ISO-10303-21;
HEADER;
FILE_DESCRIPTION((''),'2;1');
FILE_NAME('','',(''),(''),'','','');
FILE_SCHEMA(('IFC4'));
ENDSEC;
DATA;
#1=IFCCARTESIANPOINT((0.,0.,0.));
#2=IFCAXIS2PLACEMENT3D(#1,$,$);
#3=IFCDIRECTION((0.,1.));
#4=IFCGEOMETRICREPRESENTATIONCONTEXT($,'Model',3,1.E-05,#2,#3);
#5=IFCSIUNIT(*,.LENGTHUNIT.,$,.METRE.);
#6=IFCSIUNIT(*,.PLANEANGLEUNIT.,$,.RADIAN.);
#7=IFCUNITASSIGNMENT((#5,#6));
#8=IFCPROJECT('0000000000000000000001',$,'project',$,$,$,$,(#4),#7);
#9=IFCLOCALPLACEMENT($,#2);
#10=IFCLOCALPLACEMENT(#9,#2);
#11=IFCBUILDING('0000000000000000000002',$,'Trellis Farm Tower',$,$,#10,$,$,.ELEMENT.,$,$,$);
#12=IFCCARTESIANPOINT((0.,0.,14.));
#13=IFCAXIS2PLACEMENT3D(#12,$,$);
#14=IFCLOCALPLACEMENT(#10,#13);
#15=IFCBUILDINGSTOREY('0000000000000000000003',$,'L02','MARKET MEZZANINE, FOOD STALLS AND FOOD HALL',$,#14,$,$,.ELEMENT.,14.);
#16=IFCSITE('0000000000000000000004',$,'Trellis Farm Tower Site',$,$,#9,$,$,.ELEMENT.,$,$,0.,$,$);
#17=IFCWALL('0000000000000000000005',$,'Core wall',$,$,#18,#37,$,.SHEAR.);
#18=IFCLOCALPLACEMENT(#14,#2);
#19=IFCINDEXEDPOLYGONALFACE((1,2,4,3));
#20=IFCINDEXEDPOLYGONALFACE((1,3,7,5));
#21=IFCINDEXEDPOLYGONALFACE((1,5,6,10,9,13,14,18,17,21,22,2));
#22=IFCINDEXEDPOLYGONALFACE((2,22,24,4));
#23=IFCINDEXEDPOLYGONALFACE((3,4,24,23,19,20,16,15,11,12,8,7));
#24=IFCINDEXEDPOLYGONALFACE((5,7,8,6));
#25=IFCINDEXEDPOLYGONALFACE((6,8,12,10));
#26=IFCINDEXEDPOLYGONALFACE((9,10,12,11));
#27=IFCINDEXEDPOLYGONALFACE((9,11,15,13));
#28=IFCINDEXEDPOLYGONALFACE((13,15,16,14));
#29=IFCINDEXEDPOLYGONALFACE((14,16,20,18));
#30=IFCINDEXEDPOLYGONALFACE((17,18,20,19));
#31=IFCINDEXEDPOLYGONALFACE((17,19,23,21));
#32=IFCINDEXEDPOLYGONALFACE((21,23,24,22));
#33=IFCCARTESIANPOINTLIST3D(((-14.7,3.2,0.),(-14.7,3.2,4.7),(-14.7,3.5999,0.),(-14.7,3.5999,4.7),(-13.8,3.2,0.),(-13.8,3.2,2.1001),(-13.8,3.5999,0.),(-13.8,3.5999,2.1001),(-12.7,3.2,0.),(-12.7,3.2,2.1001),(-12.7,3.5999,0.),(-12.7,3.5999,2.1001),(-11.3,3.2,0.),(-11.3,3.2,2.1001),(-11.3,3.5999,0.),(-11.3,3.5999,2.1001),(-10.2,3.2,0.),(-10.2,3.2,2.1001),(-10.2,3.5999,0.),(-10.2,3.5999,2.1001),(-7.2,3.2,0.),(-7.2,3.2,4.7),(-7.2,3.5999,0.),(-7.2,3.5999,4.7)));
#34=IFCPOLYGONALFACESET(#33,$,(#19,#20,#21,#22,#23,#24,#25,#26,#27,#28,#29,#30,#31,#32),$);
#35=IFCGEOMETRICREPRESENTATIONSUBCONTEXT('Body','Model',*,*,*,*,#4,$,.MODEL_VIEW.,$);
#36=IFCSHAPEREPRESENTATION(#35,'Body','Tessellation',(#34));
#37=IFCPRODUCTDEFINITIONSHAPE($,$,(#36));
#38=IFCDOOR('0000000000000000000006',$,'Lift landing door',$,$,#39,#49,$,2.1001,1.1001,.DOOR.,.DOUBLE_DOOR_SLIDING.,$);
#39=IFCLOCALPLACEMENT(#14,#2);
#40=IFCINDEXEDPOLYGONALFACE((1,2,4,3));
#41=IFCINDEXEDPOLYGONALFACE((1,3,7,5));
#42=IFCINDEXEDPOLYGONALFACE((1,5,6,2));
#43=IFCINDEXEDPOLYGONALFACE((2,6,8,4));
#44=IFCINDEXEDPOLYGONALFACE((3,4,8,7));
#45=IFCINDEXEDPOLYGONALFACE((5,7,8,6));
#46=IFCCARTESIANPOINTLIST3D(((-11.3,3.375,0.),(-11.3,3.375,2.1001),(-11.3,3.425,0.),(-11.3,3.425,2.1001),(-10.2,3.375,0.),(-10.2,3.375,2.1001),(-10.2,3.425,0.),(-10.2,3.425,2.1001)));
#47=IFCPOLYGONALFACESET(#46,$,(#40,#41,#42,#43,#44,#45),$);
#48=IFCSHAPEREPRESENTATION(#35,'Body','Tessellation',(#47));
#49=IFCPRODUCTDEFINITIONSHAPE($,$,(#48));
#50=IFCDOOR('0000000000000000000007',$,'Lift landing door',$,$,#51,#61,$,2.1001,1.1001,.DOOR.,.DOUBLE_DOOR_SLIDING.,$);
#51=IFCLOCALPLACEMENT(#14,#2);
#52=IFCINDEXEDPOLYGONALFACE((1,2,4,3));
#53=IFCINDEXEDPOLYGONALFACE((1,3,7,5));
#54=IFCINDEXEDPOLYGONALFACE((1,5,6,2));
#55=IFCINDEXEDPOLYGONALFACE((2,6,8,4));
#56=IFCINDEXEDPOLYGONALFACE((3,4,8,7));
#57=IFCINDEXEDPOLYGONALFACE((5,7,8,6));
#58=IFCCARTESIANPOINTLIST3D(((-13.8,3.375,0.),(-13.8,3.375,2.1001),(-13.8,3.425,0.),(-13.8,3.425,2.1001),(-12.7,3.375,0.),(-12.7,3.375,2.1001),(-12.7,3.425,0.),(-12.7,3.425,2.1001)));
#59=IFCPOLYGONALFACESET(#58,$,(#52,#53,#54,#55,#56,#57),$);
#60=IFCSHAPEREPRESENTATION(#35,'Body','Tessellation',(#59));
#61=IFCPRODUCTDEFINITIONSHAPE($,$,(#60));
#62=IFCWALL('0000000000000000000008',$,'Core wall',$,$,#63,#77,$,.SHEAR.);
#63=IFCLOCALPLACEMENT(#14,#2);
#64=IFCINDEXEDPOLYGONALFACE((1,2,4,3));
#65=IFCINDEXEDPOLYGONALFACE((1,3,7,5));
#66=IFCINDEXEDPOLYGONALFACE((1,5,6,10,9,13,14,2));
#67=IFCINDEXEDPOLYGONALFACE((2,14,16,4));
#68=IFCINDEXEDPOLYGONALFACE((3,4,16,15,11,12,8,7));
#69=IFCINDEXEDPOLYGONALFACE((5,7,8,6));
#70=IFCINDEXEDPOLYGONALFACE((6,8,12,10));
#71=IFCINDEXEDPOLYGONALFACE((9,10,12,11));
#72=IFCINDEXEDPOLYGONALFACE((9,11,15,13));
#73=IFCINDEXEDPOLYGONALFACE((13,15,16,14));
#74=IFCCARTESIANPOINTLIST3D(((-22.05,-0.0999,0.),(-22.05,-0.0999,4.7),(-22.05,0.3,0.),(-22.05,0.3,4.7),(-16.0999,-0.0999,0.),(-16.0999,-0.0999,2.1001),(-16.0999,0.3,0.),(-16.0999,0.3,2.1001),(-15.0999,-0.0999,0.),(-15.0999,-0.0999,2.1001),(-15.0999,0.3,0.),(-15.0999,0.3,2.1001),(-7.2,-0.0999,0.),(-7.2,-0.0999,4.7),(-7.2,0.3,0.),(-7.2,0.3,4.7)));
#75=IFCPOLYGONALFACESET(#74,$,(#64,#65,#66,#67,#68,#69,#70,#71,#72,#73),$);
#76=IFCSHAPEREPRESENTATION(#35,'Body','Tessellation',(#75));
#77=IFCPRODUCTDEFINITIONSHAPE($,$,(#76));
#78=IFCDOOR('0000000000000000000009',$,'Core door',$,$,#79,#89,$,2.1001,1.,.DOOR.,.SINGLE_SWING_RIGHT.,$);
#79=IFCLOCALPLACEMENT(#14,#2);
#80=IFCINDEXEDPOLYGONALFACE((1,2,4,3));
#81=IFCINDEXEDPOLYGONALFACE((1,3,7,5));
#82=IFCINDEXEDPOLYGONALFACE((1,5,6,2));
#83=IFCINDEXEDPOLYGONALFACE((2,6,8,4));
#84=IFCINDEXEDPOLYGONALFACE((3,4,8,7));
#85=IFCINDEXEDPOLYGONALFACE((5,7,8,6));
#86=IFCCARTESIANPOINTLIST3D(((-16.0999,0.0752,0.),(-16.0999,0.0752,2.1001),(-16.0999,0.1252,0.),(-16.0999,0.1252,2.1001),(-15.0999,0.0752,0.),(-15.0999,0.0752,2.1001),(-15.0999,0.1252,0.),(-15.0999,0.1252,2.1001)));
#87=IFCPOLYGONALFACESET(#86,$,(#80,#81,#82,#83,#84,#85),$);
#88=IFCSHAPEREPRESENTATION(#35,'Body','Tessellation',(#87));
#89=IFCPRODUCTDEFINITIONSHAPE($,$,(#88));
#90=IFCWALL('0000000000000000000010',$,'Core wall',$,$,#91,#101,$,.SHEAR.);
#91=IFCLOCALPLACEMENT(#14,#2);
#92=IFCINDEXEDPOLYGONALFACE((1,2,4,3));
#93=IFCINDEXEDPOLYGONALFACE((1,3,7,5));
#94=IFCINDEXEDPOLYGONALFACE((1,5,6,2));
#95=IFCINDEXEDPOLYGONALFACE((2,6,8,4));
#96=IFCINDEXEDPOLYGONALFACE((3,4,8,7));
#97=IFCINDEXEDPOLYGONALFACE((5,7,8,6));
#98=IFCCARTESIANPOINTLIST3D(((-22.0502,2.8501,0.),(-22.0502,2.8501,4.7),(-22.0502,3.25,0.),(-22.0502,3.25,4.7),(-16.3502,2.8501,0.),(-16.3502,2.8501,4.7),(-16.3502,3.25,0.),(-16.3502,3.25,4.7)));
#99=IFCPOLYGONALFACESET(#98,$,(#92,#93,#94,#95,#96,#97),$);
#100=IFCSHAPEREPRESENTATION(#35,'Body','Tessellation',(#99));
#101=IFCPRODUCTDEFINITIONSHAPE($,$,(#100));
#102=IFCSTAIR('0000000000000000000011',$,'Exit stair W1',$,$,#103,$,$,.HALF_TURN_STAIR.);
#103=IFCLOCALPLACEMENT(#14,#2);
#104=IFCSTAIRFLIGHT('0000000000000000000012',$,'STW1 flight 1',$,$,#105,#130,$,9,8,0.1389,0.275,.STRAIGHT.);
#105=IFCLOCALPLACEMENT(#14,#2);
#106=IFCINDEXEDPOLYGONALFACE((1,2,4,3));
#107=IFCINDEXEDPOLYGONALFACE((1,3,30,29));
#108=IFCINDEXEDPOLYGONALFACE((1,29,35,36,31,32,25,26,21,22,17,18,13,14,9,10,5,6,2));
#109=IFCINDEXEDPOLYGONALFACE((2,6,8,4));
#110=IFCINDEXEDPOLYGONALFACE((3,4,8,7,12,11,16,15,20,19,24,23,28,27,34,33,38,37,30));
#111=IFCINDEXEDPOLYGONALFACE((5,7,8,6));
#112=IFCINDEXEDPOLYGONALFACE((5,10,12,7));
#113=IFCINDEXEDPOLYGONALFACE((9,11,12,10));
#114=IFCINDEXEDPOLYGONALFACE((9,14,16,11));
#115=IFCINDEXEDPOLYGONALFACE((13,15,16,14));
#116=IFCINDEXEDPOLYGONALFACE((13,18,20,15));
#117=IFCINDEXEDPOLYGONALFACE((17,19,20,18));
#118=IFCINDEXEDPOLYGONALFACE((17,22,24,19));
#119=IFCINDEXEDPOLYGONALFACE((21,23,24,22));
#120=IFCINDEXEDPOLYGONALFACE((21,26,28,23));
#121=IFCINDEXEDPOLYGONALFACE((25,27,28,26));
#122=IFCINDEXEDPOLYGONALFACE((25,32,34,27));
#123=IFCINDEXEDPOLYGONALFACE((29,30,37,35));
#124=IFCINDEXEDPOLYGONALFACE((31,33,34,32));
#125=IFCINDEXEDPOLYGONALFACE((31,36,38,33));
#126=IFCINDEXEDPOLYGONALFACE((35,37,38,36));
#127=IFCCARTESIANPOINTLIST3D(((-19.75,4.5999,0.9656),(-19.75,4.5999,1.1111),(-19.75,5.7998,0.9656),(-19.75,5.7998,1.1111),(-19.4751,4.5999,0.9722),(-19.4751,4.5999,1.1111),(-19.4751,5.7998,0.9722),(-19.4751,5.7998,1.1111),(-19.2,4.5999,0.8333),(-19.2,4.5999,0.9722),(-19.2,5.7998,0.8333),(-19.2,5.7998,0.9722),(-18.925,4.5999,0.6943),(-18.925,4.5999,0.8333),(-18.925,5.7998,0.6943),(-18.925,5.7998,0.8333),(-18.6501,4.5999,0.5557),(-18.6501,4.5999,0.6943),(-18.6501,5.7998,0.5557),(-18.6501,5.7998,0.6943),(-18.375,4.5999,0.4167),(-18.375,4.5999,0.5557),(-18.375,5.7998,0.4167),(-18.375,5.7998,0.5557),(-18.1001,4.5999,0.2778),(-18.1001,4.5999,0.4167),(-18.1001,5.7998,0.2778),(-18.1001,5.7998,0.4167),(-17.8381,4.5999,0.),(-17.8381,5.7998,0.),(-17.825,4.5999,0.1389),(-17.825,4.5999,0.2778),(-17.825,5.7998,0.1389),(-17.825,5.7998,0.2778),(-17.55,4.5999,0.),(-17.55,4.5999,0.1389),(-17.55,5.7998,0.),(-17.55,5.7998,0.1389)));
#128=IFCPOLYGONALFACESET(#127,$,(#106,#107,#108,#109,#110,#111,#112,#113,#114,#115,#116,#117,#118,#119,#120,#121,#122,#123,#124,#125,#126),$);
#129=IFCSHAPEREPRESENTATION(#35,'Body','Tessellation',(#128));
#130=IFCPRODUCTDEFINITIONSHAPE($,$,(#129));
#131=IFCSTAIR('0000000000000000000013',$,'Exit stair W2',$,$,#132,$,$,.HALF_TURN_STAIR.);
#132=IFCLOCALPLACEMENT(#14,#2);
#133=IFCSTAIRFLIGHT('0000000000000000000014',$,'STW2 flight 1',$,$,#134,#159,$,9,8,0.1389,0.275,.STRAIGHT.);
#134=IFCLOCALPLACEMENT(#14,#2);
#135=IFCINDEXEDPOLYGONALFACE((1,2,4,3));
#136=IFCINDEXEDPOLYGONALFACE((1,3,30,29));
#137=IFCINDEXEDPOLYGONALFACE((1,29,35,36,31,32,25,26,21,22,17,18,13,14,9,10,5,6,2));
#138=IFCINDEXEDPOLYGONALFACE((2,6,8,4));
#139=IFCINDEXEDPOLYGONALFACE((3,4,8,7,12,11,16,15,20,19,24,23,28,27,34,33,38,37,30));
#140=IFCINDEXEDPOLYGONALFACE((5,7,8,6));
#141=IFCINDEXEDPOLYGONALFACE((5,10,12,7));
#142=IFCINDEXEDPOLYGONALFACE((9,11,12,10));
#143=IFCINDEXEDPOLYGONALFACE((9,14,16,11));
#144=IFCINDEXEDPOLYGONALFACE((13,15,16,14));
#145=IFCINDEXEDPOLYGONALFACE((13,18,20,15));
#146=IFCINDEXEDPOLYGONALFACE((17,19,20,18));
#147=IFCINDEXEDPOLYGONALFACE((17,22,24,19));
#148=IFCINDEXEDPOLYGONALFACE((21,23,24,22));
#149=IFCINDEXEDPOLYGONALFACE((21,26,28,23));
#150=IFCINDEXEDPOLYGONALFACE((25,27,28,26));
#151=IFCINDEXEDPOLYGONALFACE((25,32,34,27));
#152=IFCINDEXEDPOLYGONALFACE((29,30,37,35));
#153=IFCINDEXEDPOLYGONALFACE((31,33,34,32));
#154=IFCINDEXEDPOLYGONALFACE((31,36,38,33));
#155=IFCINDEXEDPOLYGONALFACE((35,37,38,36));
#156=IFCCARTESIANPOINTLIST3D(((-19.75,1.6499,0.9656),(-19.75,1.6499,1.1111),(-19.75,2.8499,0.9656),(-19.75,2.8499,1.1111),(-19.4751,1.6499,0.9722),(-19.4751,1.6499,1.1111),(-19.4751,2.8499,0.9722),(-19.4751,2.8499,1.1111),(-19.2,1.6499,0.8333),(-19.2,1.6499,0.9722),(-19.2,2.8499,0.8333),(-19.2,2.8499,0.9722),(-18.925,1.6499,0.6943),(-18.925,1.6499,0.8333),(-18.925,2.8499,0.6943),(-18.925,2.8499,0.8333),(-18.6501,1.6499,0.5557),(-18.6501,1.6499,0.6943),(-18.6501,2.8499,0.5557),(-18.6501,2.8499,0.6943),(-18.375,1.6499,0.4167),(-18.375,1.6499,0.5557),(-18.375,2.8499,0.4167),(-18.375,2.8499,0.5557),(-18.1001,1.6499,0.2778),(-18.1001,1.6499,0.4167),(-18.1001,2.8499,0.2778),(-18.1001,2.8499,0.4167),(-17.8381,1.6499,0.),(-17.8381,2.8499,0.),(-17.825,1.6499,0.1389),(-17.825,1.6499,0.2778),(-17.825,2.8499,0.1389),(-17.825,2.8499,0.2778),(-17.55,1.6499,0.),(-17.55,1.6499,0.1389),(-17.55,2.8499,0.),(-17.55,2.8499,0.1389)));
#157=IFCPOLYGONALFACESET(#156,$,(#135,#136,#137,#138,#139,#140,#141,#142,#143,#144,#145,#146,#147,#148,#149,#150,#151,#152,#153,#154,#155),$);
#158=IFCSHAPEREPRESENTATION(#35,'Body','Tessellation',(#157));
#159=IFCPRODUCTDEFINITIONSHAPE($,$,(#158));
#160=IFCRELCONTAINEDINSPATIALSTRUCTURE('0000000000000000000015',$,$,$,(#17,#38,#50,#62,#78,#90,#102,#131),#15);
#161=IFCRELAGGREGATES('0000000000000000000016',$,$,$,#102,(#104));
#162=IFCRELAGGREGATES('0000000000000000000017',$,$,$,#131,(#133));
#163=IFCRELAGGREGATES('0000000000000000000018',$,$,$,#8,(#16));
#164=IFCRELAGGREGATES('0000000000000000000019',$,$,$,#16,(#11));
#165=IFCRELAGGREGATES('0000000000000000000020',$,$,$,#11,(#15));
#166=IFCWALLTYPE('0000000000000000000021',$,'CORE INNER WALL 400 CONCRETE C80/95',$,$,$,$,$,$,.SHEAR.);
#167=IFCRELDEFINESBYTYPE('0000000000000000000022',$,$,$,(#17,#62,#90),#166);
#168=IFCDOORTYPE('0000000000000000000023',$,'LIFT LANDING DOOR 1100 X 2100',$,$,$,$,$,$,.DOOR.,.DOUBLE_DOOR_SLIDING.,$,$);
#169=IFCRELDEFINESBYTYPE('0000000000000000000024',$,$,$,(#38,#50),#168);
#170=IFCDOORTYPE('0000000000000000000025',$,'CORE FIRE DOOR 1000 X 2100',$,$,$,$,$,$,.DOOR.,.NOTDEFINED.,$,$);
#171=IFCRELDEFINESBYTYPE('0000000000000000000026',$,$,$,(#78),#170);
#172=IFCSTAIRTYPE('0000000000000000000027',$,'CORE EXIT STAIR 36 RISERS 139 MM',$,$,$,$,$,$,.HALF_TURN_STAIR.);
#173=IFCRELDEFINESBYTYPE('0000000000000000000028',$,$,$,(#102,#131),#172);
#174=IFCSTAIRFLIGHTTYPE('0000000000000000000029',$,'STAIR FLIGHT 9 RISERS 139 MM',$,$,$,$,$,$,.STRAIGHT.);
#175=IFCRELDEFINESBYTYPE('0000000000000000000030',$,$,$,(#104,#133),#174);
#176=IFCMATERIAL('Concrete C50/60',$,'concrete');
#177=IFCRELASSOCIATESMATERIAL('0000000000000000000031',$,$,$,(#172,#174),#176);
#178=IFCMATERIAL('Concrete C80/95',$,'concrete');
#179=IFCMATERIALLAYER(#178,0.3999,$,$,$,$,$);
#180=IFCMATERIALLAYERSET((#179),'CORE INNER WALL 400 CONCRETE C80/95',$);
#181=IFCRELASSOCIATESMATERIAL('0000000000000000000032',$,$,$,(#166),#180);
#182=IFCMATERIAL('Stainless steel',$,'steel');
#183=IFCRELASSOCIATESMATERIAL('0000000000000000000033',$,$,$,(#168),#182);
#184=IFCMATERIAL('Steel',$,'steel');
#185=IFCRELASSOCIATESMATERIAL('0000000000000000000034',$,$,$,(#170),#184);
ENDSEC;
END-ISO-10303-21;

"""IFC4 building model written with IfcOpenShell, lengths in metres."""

from ifc_helpers import new_model, si_unit, direction, frame, frame_2d, origin, place, context, subcontext, project, spatial, polyline, rectangle, outline, extrude, source, transform, mapped, material, layer, layer_set, type_object, element, fill, aggregate, save


model = new_model("IFC4")

# Units and contexts
model_context = context("Model", 3, precision=1e-05, world=origin(), true_north=direction((0.0, 1.0)))
body_context = subcontext(model_context, "Body", "Model", "MODEL_VIEW")
ifc_project = project(units=[si_unit("LENGTHUNIT", "METRE"), si_unit("PLANEANGLEUNIT", "RADIAN")], contexts=[model_context])

# Site, building, storey
site_placement = place(None, origin())
site = spatial("IfcSite", under=ifc_project, at=site_placement, Name="Trellis Farm Tower Site", CompositionType="ELEMENT", RefElevation=0.0)
building_placement = place(site_placement, origin())
building = spatial("IfcBuilding", under=site, at=building_placement, Name="Trellis Farm Tower", CompositionType="ELEMENT")
storey_placement = place(building_placement, frame((0.0, 0.0, 14.0)))
storey = spatial("IfcBuildingStorey", under=building, at=storey_placement, Name="L02", Description="MARKET MEZZANINE, FOOD STALLS AND FOOD HALL", CompositionType="ELEMENT", Elevation=14.0)

# Shared definitions
ifc_material_1 = material(Name="Concrete C50/60", Category="concrete")
stair_type_1 = type_object("IfcStairType", Name="CORE EXIT STAIR 36 RISERS 139 MM", PredefinedType="HALF_TURN_STAIR", material=ifc_material_1)
placement_1 = place(storey_placement, origin())

# Wall, openings, doors
ifc_material_2 = material(Name="Concrete C80/95", Category="concrete")
ifc_layer_1 = layer(ifc_material_2, 0.3999)
ifc_layer_set_1 = layer_set([ifc_layer_1], Name="CORE INNER WALL 400 CONCRETE C80/95")
wall_type = type_object("IfcWallType", Name="CORE INNER WALL 400 CONCRETE C80/95", PredefinedType="SHEAR", material=ifc_layer_set_1)
shared_shape_1 = source(origin(), body_context, "Body", "SweptSolid", [
    extrude(rectangle(XDim=7.5, YDim=0.3999, at=frame_2d((3.75, 0.0))), origin(), (0.0, 0.0, 1.0), 4.7),
])
wall_1_placement = place(storey_placement, frame((-7.2, 3.3999, 0.0), z_axis=(0.0, 0.0, 1.0), x_axis=(-1.0, 0.0, 0.0)))
wall_1 = element("IfcWall", 1, at=wall_1_placement, inside=storey, type_object=wall_type, Name="Core wall", PredefinedType="SHEAR", context=body_context, shape_type="MappedRepresentation", body=[
    mapped(shared_shape_1, transform((0.0, 0.0, 0.0))),
])
shared_shape_2 = source(origin(), body_context, "Body", "SweptSolid", [
    extrude(rectangle(XDim=1.1001, YDim=2.1001, at=frame_2d((0.55, 1.05))), frame((0.0, 0.21, 0.0), z_axis=(0.0, -1.0, 0.0), x_axis=(1.0, 0.0, 0.0)), (0.0, 0.0, 1.0), 0.4199),
])
opening_1_placement = place(wall_1_placement, frame((3.0, 0.0, 0.0)))
opening_1 = element("IfcOpeningElement", 2, at=opening_1_placement, cuts=wall_1, PredefinedType="OPENING", context=body_context, shape_type="MappedRepresentation", body=[
    mapped(shared_shape_2, transform((0.0, 0.0, 0.0))),
])
opening_2_placement = place(wall_1_placement, frame((5.5, 0.0, 0.0)))
opening_2 = element("IfcOpeningElement", 3, at=opening_2_placement, cuts=wall_1, PredefinedType="OPENING", context=body_context, shape_type="MappedRepresentation", body=[
    mapped(shared_shape_2, transform((0.0, 0.0, 0.0))),
])
ifc_material_3 = material(Name="Stainless steel", Category="steel")
door_type_1 = type_object("IfcDoorType", Name="LIFT LANDING DOOR 1100 X 2100", OperationType="DOUBLE_DOOR_SLIDING", PredefinedType="DOOR", material=ifc_material_3)
shared_shape_3 = source(origin(), body_context, "Body", "SweptSolid", [
    extrude(rectangle(XDim=1.1001, YDim=2.1001, at=frame_2d((0.55, 1.05))), frame((0.0, 0.0249, 0.0), z_axis=(0.0, -1.0, 0.0), x_axis=(1.0, 0.0, 0.0)), (0.0, 0.0, 1.0), 0.05),
])
door_1_placement = place(opening_1_placement, origin())
door_1 = element("IfcDoor", 4, at=door_1_placement, inside=storey, type_object=door_type_1, Name="Lift landing door", OperationType="DOUBLE_DOOR_SLIDING", OverallHeight=2.1001, OverallWidth=1.1001, PredefinedType="DOOR", context=body_context, shape_type="MappedRepresentation", body=[
    mapped(shared_shape_3, transform((0.0, 0.0, 0.0))),
])
fill(opening_1, door_1)
door_2_placement = place(opening_2_placement, origin())
door_2 = element("IfcDoor", 5, at=door_2_placement, inside=storey, type_object=door_type_1, Name="Lift landing door", OperationType="DOUBLE_DOOR_SLIDING", OverallHeight=2.1001, OverallWidth=1.1001, PredefinedType="DOOR", context=body_context, shape_type="MappedRepresentation", body=[
    mapped(shared_shape_3, transform((0.0, 0.0, 0.0))),
])
fill(opening_2, door_2)

# Wall, opening, door
shared_shape_4 = source(origin(), body_context, "Body", "SweptSolid", [
    extrude(rectangle(XDim=14.8501, YDim=0.3999, at=frame_2d((7.425, 0.0))), origin(), (0.0, 0.0, 1.0), 4.7),
])
wall_2_placement = place(storey_placement, frame((-7.2, 0.1001, 0.0), z_axis=(0.0, 0.0, 1.0), x_axis=(-1.0, 0.0, 0.0)))
wall_2 = element("IfcWall", 6, at=wall_2_placement, inside=storey, type_object=wall_type, Name="Core wall", PredefinedType="SHEAR", context=body_context, shape_type="MappedRepresentation", body=[
    mapped(shared_shape_4, transform((0.0, 0.0, 0.0))),
])
shared_shape_5 = source(origin(), body_context, "Body", "SweptSolid", [
    extrude(rectangle(XDim=1.0, YDim=2.1001, at=frame_2d((0.5, 1.05))), frame((0.0, 0.21, 0.0), z_axis=(0.0, -1.0, 0.0), x_axis=(1.0, 0.0, 0.0)), (0.0, 0.0, 1.0), 0.4199),
])
opening_3_placement = place(wall_2_placement, frame((7.8999, 0.0, 0.0)))
opening_3 = element("IfcOpeningElement", 7, at=opening_3_placement, cuts=wall_2, PredefinedType="OPENING", context=body_context, shape_type="MappedRepresentation", body=[
    mapped(shared_shape_5, transform((0.0, 0.0, 0.0))),
])
ifc_material_4 = material(Name="Steel", Category="steel")
door_type_2 = type_object("IfcDoorType", Name="CORE FIRE DOOR 1000 X 2100", OperationType="NOTDEFINED", PredefinedType="DOOR", material=ifc_material_4)
shared_shape_6 = source(origin(), body_context, "Body", "SweptSolid", [
    extrude(rectangle(XDim=1.0, YDim=2.1001, at=frame_2d((0.5, 1.05))), frame((0.0, 0.0249, 0.0), z_axis=(0.0, -1.0, 0.0), x_axis=(1.0, 0.0, 0.0)), (0.0, 0.0, 1.0), 0.05),
])
door_3_placement = place(opening_3_placement, origin())
door_3 = element("IfcDoor", 8, at=door_3_placement, inside=storey, type_object=door_type_2, Name="Core door", OperationType="SINGLE_SWING_RIGHT", OverallHeight=2.1001, OverallWidth=1.0, PredefinedType="DOOR", context=body_context, shape_type="MappedRepresentation", body=[
    mapped(shared_shape_6, transform((0.0, 0.0, 0.0))),
])
fill(opening_3, door_3)

# Wall
shared_shape_7 = source(origin(), body_context, "Body", "SweptSolid", [
    extrude(rectangle(XDim=5.7, YDim=0.3999, at=frame_2d((2.8501, 0.0))), origin(), (0.0, 0.0, 1.0), 4.7),
])
wall_3_placement = place(storey_placement, frame((-16.3501, 3.05, 0.0), z_axis=(0.0, 0.0, 1.0), x_axis=(-1.0, 0.0, 0.0)))
element("IfcWall", 9, at=wall_3_placement, inside=storey, type_object=wall_type, Name="Core wall", PredefinedType="SHEAR", context=body_context, shape_type="MappedRepresentation", body=[
    mapped(shared_shape_7, transform((0.0, 0.0, 0.0))),
])

# Stair, stair flight
stair_1 = element("IfcStair", 10, at=placement_1, inside=storey, type_object=stair_type_1, Name="Exit stair W1", PredefinedType="HALF_TURN_STAIR")
stair_flight_type = type_object("IfcStairFlightType", Name="STAIR FLIGHT 9 RISERS 139 MM", PredefinedType="STRAIGHT", material=ifc_material_1)
shared_shape_8 = source(origin(), body_context, "Body", "SweptSolid", [
    extrude(outline(polyline([(0.0, 0.0), (0.0, 0.1389), (0.2749, 0.1389), (0.2749, 0.2778), (0.55, 0.2778), (0.55, 0.4167), (0.825, 0.4167), (0.825, 0.5557), (1.1001, 0.5557), (1.1001, 0.6943), (1.375, 0.6943), (1.375, 0.8333), (1.6499, 0.8333), (1.6499, 0.9722), (1.925, 0.9722), (1.925, 1.1111), (2.2, 1.1111), (2.2, 1.25), (2.2, 0.9656), (0.2881, 0.0), (0.0, 0.0)])), frame((0.0, 0.6001, 0.0), z_axis=(0.0, -1.0, 0.0), x_axis=(1.0, 0.0, 0.0)), (0.0, 0.0, 1.0), 1.2),
])
stair_flight_1_placement = place(storey_placement, frame((-17.55, 5.2, 0.0), z_axis=(0.0, 0.0, 1.0), x_axis=(-1.0, 0.0, 0.0)))
stair_flight_1 = element("IfcStairFlight", 11, at=stair_flight_1_placement, type_object=stair_flight_type, Name="STW1 flight 1", NumberOfRisers=9, NumberOfTreads=8, PredefinedType="STRAIGHT", RiserHeight=0.1389, TreadLength=0.275, context=body_context, shape_type="MappedRepresentation", body=[
    mapped(shared_shape_8, transform((0.0, 0.0, 0.0))),
])
aggregate(stair_1, [stair_flight_1])

# Stair, stair flight
stair_2 = element("IfcStair", 12, at=placement_1, inside=storey, type_object=stair_type_1, Name="Exit stair W2", PredefinedType="HALF_TURN_STAIR")
stair_flight_2_placement = place(storey_placement, frame((-17.55, 2.25, 0.0), z_axis=(0.0, 0.0, 1.0), x_axis=(-1.0, 0.0, 0.0)))
stair_flight_2 = element("IfcStairFlight", 13, at=stair_flight_2_placement, type_object=stair_flight_type, Name="STW2 flight 1", NumberOfRisers=9, NumberOfTreads=8, PredefinedType="STRAIGHT", RiserHeight=0.1389, TreadLength=0.275, context=body_context, shape_type="MappedRepresentation", body=[
    mapped(shared_shape_8, transform((0.0, 0.0, 0.0))),
])
aggregate(stair_2, [stair_flight_2])

save(model, "model.ifc")
